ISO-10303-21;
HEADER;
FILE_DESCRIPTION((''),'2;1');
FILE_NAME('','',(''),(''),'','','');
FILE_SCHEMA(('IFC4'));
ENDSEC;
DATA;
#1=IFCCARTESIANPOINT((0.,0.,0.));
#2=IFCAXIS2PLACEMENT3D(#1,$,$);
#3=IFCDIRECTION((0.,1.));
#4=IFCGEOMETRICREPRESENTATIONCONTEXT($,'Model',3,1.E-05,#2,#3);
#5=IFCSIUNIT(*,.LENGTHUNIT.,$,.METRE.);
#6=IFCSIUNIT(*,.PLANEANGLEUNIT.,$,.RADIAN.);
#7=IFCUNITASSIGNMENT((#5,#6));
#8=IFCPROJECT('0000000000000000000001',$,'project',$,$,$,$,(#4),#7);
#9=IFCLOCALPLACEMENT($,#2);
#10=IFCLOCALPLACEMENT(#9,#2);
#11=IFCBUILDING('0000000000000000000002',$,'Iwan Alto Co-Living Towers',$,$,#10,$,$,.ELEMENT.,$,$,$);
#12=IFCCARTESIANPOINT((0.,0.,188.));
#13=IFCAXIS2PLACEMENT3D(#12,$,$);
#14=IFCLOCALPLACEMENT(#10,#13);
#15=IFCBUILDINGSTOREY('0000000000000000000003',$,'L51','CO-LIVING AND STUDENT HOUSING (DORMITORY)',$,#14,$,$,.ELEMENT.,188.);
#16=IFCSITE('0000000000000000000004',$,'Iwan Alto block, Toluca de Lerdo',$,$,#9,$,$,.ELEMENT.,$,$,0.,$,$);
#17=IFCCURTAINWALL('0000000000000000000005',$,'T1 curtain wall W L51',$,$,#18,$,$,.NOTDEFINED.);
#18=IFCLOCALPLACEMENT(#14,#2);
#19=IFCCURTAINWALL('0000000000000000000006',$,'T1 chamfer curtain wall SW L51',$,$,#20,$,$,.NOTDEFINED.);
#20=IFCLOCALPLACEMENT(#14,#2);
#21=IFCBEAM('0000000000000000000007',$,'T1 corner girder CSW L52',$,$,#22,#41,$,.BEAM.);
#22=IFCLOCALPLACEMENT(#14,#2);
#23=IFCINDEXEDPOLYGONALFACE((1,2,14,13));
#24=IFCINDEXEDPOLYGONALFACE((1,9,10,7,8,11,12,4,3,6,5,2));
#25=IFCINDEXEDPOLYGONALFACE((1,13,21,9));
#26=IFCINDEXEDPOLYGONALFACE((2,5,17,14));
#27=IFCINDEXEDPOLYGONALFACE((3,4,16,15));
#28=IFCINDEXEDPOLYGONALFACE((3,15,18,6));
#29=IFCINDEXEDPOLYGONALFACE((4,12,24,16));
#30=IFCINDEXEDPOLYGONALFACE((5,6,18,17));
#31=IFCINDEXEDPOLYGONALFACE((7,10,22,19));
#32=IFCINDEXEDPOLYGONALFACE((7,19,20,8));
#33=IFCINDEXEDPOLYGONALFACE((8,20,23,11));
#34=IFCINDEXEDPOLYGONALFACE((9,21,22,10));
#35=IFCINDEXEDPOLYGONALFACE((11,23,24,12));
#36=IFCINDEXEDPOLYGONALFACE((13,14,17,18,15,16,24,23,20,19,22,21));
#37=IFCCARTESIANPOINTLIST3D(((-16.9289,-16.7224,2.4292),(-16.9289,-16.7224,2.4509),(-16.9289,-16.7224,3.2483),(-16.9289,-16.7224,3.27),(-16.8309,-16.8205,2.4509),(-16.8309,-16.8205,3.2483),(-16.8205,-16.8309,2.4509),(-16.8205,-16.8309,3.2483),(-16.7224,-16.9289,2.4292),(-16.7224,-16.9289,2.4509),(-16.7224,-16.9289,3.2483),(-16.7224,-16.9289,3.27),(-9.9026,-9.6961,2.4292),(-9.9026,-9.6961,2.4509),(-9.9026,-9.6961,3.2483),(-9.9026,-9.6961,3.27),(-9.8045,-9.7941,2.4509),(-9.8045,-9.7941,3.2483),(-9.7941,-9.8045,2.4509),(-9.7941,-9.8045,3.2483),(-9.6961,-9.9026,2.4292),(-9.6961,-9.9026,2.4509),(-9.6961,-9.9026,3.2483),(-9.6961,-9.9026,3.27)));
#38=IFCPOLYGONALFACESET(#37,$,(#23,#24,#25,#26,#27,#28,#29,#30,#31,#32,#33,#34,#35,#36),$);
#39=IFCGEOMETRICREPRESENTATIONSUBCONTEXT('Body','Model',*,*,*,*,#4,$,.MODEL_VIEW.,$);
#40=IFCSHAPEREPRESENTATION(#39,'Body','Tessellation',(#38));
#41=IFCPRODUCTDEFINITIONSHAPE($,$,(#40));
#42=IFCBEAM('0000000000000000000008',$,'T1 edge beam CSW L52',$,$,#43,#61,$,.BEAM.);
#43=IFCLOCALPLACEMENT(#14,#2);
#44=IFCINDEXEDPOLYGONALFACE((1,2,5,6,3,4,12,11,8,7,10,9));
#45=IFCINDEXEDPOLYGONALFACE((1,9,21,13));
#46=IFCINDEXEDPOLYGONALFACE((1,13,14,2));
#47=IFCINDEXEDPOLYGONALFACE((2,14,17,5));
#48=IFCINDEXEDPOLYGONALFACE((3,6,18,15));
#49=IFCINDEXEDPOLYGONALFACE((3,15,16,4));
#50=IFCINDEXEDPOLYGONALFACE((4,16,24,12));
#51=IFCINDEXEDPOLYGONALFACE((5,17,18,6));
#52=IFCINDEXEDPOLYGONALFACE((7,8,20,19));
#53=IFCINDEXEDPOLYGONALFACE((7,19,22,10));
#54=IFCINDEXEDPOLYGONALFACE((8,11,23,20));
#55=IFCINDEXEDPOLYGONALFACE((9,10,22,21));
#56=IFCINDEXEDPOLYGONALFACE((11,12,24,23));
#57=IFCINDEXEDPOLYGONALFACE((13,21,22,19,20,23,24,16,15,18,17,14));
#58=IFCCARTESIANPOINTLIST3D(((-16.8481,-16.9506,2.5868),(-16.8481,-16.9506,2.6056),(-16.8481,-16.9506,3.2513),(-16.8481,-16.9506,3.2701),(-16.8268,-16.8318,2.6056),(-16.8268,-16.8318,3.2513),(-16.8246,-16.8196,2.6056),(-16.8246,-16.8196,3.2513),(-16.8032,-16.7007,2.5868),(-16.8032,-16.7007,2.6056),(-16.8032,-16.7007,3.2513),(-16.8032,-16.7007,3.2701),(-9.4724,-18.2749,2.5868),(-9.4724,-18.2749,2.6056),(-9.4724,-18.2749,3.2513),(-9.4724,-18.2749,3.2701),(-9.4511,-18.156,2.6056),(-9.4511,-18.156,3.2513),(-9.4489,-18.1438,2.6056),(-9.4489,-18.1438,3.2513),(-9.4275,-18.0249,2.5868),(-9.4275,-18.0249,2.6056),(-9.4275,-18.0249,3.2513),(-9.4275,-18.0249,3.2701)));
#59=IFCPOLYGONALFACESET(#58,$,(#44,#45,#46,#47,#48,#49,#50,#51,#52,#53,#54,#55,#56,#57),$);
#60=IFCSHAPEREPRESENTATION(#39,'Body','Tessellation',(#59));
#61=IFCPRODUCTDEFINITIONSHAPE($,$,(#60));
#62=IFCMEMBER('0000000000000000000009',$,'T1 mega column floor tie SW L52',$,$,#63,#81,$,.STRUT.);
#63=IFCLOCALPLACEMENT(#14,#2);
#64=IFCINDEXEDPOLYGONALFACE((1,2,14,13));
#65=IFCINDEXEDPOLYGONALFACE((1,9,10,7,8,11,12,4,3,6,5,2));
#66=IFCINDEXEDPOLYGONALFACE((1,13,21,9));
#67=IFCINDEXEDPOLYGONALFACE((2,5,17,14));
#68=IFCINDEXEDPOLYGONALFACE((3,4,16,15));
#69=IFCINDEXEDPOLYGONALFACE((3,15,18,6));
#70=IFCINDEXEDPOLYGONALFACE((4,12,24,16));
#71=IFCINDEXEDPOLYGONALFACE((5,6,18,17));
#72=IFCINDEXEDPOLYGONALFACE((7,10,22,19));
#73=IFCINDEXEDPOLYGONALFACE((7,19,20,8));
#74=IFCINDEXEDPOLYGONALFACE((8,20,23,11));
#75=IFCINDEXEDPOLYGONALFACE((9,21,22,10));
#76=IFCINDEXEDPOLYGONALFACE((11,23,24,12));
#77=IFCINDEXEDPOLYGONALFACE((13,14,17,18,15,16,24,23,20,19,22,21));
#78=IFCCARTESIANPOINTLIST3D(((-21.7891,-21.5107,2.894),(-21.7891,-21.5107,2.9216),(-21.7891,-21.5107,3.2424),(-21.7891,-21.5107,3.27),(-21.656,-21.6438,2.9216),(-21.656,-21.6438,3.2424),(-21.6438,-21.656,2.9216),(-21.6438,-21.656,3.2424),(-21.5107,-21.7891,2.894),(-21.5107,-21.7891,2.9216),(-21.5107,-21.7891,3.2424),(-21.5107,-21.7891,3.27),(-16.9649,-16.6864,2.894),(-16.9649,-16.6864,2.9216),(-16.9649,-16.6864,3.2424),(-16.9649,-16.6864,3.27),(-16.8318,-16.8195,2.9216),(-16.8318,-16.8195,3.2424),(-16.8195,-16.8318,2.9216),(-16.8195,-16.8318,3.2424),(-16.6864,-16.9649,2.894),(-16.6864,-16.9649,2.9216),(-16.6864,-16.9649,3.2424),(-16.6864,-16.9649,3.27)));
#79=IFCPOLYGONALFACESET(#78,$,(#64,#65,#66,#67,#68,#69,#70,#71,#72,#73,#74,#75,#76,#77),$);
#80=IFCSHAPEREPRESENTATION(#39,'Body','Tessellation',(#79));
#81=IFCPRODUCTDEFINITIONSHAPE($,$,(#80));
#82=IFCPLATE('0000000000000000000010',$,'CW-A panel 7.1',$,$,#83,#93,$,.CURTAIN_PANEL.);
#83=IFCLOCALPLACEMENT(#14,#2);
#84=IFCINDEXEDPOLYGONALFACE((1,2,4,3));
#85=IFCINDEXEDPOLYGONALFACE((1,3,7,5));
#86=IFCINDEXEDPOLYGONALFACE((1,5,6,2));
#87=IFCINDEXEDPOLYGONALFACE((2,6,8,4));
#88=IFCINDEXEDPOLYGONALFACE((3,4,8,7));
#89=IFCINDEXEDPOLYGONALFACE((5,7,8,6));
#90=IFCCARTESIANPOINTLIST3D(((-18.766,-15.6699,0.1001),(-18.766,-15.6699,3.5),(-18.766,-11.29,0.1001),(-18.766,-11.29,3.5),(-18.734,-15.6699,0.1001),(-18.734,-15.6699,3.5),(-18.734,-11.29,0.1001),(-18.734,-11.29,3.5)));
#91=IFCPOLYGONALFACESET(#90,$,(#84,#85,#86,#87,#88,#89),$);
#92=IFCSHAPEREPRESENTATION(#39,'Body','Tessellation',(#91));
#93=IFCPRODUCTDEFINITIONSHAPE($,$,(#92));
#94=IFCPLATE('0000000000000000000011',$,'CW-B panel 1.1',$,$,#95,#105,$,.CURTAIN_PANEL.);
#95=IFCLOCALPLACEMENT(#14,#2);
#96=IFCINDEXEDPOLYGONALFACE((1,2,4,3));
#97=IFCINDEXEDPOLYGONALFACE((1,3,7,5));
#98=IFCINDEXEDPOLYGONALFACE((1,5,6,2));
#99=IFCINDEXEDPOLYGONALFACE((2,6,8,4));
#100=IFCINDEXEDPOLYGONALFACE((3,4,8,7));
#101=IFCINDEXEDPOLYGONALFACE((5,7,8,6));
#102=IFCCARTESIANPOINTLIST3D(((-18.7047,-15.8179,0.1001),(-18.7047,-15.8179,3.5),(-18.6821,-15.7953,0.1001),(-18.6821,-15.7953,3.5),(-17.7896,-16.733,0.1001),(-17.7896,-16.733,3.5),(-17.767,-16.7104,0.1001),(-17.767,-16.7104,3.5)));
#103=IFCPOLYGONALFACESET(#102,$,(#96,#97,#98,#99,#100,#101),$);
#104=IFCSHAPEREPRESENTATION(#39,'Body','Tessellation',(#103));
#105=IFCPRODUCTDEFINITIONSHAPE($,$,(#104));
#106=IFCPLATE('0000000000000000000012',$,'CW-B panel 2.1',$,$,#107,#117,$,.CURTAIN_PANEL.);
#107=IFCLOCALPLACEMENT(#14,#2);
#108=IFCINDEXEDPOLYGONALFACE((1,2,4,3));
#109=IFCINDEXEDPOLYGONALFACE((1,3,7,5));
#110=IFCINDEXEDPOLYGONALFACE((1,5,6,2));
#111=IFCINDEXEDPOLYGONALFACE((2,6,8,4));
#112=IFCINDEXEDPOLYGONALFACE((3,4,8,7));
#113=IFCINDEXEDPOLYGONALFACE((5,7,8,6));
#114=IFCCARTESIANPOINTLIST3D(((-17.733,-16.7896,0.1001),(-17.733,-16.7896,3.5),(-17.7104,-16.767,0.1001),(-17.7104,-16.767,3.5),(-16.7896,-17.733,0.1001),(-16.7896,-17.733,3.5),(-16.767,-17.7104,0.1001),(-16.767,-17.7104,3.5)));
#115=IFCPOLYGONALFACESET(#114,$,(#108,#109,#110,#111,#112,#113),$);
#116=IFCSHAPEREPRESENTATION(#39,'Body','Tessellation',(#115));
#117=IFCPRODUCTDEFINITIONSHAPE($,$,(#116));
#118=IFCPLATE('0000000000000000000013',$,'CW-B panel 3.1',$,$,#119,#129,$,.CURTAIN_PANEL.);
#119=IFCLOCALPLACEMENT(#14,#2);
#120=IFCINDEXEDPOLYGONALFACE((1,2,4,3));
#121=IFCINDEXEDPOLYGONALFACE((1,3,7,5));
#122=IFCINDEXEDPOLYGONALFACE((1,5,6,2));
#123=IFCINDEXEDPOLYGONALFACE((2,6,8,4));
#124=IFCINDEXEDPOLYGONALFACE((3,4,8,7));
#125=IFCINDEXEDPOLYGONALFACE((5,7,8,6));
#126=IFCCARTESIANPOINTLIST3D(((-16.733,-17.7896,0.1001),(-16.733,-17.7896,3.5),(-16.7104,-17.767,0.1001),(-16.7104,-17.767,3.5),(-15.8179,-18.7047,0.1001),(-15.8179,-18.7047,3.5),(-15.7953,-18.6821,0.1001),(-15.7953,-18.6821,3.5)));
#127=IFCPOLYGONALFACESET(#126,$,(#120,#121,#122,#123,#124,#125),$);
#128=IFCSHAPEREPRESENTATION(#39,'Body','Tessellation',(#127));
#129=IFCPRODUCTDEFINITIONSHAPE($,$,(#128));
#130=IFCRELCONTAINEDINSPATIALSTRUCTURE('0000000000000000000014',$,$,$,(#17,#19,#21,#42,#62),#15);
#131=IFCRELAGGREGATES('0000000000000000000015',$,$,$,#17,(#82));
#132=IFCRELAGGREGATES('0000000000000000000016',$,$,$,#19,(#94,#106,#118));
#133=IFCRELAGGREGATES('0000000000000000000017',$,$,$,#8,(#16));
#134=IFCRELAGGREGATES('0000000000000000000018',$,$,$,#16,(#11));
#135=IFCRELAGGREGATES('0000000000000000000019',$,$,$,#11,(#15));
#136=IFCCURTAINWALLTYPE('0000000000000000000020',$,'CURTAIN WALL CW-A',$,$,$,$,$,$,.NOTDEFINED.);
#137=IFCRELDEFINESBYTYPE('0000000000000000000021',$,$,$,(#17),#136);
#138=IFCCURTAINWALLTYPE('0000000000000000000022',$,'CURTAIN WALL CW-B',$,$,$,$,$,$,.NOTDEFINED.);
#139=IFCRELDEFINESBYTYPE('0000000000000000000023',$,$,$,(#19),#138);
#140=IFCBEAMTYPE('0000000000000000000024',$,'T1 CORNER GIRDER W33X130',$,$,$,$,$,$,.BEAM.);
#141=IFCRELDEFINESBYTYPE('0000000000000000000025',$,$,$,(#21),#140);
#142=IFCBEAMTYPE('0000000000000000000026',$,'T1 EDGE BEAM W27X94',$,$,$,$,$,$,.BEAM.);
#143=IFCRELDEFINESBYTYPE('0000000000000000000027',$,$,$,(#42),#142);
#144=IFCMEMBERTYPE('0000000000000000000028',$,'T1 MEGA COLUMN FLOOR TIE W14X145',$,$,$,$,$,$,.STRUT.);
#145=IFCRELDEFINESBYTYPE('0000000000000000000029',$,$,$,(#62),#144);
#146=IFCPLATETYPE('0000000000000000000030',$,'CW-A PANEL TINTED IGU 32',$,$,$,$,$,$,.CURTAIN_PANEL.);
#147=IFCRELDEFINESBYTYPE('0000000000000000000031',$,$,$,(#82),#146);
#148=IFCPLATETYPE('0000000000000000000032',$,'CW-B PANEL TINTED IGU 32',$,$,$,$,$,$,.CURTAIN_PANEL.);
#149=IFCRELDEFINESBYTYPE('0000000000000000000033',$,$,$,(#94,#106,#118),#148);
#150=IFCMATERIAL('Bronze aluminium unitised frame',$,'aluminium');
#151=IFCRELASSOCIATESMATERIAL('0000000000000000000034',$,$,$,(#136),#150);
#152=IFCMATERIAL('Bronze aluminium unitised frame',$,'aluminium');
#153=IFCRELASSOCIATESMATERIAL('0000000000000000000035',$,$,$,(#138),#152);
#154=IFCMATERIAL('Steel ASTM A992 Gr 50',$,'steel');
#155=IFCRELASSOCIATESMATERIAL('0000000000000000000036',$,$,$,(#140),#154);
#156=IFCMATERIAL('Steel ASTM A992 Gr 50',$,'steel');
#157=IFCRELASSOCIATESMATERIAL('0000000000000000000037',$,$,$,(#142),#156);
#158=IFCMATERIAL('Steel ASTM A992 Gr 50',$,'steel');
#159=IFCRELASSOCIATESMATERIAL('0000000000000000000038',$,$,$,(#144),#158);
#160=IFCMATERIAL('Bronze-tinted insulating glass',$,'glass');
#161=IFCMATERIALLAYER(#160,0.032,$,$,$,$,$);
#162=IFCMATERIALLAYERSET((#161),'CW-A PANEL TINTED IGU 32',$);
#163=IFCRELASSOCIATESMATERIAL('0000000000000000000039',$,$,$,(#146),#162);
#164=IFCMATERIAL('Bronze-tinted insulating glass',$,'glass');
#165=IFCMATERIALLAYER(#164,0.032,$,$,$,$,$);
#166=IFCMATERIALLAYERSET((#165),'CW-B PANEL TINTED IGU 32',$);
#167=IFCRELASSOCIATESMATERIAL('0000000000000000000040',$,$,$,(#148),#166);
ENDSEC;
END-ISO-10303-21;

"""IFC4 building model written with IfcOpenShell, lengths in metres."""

from ifc_helpers import new_model, si_unit, direction, frame, origin, origin_2d, place, context, subcontext, project, spatial, rectangle, i_section, extrude, material, layer, layer_set, material_profile, profile_set, type_object, element, aggregate, save


model = new_model("IFC4")

# Units and contexts
model_context = context("Model", 3, precision=1e-05, world=origin(), true_north=direction((0.0, 1.0)))
body_context = subcontext(model_context, "Body", "Model", "MODEL_VIEW")
ifc_project = project(units=[si_unit("LENGTHUNIT", "METRE"), si_unit("PLANEANGLEUNIT", "RADIAN")], contexts=[model_context])

# Site, building, storey
site_placement = place(None, origin())
site = spatial("IfcSite", under=ifc_project, at=site_placement, Name="Iwan Alto block, Toluca de Lerdo", CompositionType="ELEMENT", RefElevation=0.0)
building_placement = place(site_placement, origin())
building = spatial("IfcBuilding", under=site, at=building_placement, Name="Iwan Alto Co-Living Towers", CompositionType="ELEMENT")
storey_placement = place(building_placement, frame((0.0, 0.0, 188.0)))
storey = spatial("IfcBuildingStorey", under=building, at=storey_placement, Name="L51", Description="CO-LIVING AND STUDENT HOUSING (DORMITORY)", CompositionType="ELEMENT", Elevation=188.0)

# Shared definitions
ifc_material_1 = material(Name="Bronze aluminium unitised frame", Category="aluminium")
curtain_wall_type_1 = type_object("IfcCurtainWallType", Name="CURTAIN WALL CW-A", PredefinedType="NOTDEFINED", material=ifc_material_1)

# Curtain walls
curtain_wall_1_placement = place(storey_placement, origin())
curtain_wall_1 = element("IfcCurtainWall", 1, at=curtain_wall_1_placement, inside=storey, type_object=curtain_wall_type_1, Name="T1 curtain wall W L51", PredefinedType="NOTDEFINED")
ifc_material_2 = material(Name="Bronze aluminium unitised frame", Category="aluminium")
curtain_wall_type_2 = type_object("IfcCurtainWallType", Name="CURTAIN WALL CW-B", PredefinedType="NOTDEFINED", material=ifc_material_2)
curtain_wall_2_placement = place(storey_placement, origin())
curtain_wall_2 = element("IfcCurtainWall", 2, at=curtain_wall_2_placement, inside=storey, type_object=curtain_wall_type_2, Name="T1 chamfer curtain wall SW L51", PredefinedType="NOTDEFINED")

# Beams
ifc_material_3 = material(Name="Steel ASTM A992 Gr 50", Category="steel")
ifc_material_profile_1 = material_profile(ifc_material_3, i_section(OverallWidth=0.292, OverallDepth=0.8408, WebThickness=0.0146, FlangeThickness=0.0217, at=origin_2d()), Name="W33X130")
ifc_profile_set_1 = profile_set([ifc_material_profile_1], Name="Steel ASTM A992 Gr 50")
beam_type_1 = type_object("IfcBeamType", Name="T1 CORNER GIRDER W33X130", PredefinedType="BEAM", material=ifc_profile_set_1)
beam_1_placement = place(storey_placement, frame((-16.8257, -16.8257, 2.8496), z_axis=(0.707107, 0.707107, 0.0), x_axis=(-0.707107, 0.707107, 0.0)))
element("IfcBeam", 3, at=beam_1_placement, inside=storey, type_object=beam_type_1, Name="T1 corner girder CSW L52", PredefinedType="BEAM", context=body_context, shape_type="SweptSolid", body=[
    extrude(i_section(OverallWidth=0.292, OverallDepth=0.8408, WebThickness=0.0146, FlangeThickness=0.0217, at=origin_2d()), origin(), (0.0, 0.0, 1.0), 9.9368),
])
ifc_material_4 = material(Name="Steel ASTM A992 Gr 50", Category="steel")
ifc_material_profile_2 = material_profile(ifc_material_4, i_section(OverallWidth=0.2539, OverallDepth=0.6833, WebThickness=0.0125, FlangeThickness=0.0188, at=origin_2d()), Name="W27X94")
ifc_profile_set_2 = profile_set([ifc_material_profile_2], Name="Steel ASTM A992 Gr 50")
beam_type_2 = type_object("IfcBeamType", Name="T1 EDGE BEAM W27X94", PredefinedType="BEAM", material=ifc_profile_set_2)
beam_2_placement = place(storey_placement, frame((-16.8257, -16.8257, 2.9285), z_axis=(0.984263, -0.176712, 0.0), x_axis=(0.176712, 0.984263, 0.0)))
element("IfcBeam", 4, at=beam_2_placement, inside=storey, type_object=beam_type_2, Name="T1 edge beam CSW L52", PredefinedType="BEAM", context=body_context, shape_type="SweptSolid", body=[
    extrude(i_section(OverallWidth=0.2539, OverallDepth=0.6833, WebThickness=0.0125, FlangeThickness=0.0188, at=origin_2d()), origin(), (0.0, 0.0, 1.0), 7.4937),
])

# Member
ifc_material_5 = material(Name="Steel ASTM A992 Gr 50", Category="steel")
ifc_material_profile_3 = material_profile(ifc_material_5, i_section(OverallWidth=0.3938, OverallDepth=0.376, WebThickness=0.0173, FlangeThickness=0.0276, at=origin_2d()), Name="W14X145")
ifc_profile_set_3 = profile_set([ifc_material_profile_3], Name="Steel ASTM A992 Gr 50")
member_type_1 = type_object("IfcMemberType", Name="T1 MEGA COLUMN FLOOR TIE W14X145", PredefinedType="STRUT", material=ifc_profile_set_3)
member_1_placement = place(storey_placement, frame((-21.6499, -21.6499, 3.082), z_axis=(0.707107, 0.707107, 0.0), x_axis=(-0.707107, 0.707107, 0.0)))
element("IfcMember", 5, at=member_1_placement, inside=storey, type_object=member_type_1, Name="T1 mega column floor tie SW L52", PredefinedType="STRUT", context=body_context, shape_type="SweptSolid", body=[
    extrude(i_section(OverallWidth=0.3938, OverallDepth=0.376, WebThickness=0.0173, FlangeThickness=0.0276, at=origin_2d()), origin(), (0.0, 0.0, 1.0), 6.8225),
])

# Plates
ifc_material_6 = material(Name="Bronze-tinted insulating glass", Category="glass")
ifc_layer_1 = layer(ifc_material_6, 0.032)
ifc_layer_set_1 = layer_set([ifc_layer_1], Name="CW-A PANEL TINTED IGU 32")
plate_type_1 = type_object("IfcPlateType", Name="CW-A PANEL TINTED IGU 32", PredefinedType="CURTAIN_PANEL", material=ifc_layer_set_1)
plate_1_placement = place(storey_placement, frame((-18.75, -13.48, 0.1001), z_axis=(0.0, 0.0, 1.0), x_axis=(0.0, -1.0, 0.0)))
plate_1 = element("IfcPlate", 6, at=plate_1_placement, type_object=plate_type_1, Name="CW-A panel 7.1", PredefinedType="CURTAIN_PANEL", context=body_context, shape_type="SweptSolid", body=[
    extrude(rectangle(XDim=4.3799, YDim=0.032, at=origin_2d()), origin(), (0.0, 0.0, 1.0), 3.3999),
])
aggregate(curtain_wall_1, [plate_1])
ifc_material_7 = material(Name="Bronze-tinted insulating glass", Category="glass")
ifc_layer_2 = layer(ifc_material_7, 0.032)
ifc_layer_set_2 = layer_set([ifc_layer_2], Name="CW-B PANEL TINTED IGU 32")
plate_type_2 = type_object("IfcPlateType", Name="CW-B PANEL TINTED IGU 32", PredefinedType="CURTAIN_PANEL", material=ifc_layer_set_2)
plate_2_placement = place(storey_placement, frame((-18.2358, -16.2642, 0.1001), z_axis=(0.0, 0.0, 1.0), x_axis=(0.707107, -0.707107, 0.0)))
plate_2 = element("IfcPlate", 7, at=plate_2_placement, type_object=plate_type_2, Name="CW-B panel 1.1", PredefinedType="CURTAIN_PANEL", context=body_context, shape_type="SweptSolid", body=[
    extrude(rectangle(XDim=1.2942, YDim=0.032, at=origin_2d()), origin(), (0.0, 0.0, 1.0), 3.3999),
])
plate_3_placement = place(storey_placement, frame((-17.25, -17.25, 0.1001), z_axis=(0.0, 0.0, 1.0), x_axis=(0.707107, -0.707107, 0.0)))
plate_3 = element("IfcPlate", 8, at=plate_3_placement, type_object=plate_type_2, Name="CW-B panel 2.1", PredefinedType="CURTAIN_PANEL", context=body_context, shape_type="SweptSolid", body=[
    extrude(rectangle(XDim=1.3342, YDim=0.032, at=origin_2d()), origin(), (0.0, 0.0, 1.0), 3.3999),
])
plate_4_placement = place(storey_placement, frame((-16.2642, -18.2358, 0.1001), z_axis=(0.0, 0.0, 1.0), x_axis=(0.707107, -0.707107, 0.0)))
plate_4 = element("IfcPlate", 9, at=plate_4_placement, type_object=plate_type_2, Name="CW-B panel 3.1", PredefinedType="CURTAIN_PANEL", context=body_context, shape_type="SweptSolid", body=[
    extrude(rectangle(XDim=1.2942, YDim=0.032, at=origin_2d()), origin(), (0.0, 0.0, 1.0), 3.3999),
])
aggregate(curtain_wall_2, [plate_2, plate_3, plate_4])

save(model, "model.ifc")
